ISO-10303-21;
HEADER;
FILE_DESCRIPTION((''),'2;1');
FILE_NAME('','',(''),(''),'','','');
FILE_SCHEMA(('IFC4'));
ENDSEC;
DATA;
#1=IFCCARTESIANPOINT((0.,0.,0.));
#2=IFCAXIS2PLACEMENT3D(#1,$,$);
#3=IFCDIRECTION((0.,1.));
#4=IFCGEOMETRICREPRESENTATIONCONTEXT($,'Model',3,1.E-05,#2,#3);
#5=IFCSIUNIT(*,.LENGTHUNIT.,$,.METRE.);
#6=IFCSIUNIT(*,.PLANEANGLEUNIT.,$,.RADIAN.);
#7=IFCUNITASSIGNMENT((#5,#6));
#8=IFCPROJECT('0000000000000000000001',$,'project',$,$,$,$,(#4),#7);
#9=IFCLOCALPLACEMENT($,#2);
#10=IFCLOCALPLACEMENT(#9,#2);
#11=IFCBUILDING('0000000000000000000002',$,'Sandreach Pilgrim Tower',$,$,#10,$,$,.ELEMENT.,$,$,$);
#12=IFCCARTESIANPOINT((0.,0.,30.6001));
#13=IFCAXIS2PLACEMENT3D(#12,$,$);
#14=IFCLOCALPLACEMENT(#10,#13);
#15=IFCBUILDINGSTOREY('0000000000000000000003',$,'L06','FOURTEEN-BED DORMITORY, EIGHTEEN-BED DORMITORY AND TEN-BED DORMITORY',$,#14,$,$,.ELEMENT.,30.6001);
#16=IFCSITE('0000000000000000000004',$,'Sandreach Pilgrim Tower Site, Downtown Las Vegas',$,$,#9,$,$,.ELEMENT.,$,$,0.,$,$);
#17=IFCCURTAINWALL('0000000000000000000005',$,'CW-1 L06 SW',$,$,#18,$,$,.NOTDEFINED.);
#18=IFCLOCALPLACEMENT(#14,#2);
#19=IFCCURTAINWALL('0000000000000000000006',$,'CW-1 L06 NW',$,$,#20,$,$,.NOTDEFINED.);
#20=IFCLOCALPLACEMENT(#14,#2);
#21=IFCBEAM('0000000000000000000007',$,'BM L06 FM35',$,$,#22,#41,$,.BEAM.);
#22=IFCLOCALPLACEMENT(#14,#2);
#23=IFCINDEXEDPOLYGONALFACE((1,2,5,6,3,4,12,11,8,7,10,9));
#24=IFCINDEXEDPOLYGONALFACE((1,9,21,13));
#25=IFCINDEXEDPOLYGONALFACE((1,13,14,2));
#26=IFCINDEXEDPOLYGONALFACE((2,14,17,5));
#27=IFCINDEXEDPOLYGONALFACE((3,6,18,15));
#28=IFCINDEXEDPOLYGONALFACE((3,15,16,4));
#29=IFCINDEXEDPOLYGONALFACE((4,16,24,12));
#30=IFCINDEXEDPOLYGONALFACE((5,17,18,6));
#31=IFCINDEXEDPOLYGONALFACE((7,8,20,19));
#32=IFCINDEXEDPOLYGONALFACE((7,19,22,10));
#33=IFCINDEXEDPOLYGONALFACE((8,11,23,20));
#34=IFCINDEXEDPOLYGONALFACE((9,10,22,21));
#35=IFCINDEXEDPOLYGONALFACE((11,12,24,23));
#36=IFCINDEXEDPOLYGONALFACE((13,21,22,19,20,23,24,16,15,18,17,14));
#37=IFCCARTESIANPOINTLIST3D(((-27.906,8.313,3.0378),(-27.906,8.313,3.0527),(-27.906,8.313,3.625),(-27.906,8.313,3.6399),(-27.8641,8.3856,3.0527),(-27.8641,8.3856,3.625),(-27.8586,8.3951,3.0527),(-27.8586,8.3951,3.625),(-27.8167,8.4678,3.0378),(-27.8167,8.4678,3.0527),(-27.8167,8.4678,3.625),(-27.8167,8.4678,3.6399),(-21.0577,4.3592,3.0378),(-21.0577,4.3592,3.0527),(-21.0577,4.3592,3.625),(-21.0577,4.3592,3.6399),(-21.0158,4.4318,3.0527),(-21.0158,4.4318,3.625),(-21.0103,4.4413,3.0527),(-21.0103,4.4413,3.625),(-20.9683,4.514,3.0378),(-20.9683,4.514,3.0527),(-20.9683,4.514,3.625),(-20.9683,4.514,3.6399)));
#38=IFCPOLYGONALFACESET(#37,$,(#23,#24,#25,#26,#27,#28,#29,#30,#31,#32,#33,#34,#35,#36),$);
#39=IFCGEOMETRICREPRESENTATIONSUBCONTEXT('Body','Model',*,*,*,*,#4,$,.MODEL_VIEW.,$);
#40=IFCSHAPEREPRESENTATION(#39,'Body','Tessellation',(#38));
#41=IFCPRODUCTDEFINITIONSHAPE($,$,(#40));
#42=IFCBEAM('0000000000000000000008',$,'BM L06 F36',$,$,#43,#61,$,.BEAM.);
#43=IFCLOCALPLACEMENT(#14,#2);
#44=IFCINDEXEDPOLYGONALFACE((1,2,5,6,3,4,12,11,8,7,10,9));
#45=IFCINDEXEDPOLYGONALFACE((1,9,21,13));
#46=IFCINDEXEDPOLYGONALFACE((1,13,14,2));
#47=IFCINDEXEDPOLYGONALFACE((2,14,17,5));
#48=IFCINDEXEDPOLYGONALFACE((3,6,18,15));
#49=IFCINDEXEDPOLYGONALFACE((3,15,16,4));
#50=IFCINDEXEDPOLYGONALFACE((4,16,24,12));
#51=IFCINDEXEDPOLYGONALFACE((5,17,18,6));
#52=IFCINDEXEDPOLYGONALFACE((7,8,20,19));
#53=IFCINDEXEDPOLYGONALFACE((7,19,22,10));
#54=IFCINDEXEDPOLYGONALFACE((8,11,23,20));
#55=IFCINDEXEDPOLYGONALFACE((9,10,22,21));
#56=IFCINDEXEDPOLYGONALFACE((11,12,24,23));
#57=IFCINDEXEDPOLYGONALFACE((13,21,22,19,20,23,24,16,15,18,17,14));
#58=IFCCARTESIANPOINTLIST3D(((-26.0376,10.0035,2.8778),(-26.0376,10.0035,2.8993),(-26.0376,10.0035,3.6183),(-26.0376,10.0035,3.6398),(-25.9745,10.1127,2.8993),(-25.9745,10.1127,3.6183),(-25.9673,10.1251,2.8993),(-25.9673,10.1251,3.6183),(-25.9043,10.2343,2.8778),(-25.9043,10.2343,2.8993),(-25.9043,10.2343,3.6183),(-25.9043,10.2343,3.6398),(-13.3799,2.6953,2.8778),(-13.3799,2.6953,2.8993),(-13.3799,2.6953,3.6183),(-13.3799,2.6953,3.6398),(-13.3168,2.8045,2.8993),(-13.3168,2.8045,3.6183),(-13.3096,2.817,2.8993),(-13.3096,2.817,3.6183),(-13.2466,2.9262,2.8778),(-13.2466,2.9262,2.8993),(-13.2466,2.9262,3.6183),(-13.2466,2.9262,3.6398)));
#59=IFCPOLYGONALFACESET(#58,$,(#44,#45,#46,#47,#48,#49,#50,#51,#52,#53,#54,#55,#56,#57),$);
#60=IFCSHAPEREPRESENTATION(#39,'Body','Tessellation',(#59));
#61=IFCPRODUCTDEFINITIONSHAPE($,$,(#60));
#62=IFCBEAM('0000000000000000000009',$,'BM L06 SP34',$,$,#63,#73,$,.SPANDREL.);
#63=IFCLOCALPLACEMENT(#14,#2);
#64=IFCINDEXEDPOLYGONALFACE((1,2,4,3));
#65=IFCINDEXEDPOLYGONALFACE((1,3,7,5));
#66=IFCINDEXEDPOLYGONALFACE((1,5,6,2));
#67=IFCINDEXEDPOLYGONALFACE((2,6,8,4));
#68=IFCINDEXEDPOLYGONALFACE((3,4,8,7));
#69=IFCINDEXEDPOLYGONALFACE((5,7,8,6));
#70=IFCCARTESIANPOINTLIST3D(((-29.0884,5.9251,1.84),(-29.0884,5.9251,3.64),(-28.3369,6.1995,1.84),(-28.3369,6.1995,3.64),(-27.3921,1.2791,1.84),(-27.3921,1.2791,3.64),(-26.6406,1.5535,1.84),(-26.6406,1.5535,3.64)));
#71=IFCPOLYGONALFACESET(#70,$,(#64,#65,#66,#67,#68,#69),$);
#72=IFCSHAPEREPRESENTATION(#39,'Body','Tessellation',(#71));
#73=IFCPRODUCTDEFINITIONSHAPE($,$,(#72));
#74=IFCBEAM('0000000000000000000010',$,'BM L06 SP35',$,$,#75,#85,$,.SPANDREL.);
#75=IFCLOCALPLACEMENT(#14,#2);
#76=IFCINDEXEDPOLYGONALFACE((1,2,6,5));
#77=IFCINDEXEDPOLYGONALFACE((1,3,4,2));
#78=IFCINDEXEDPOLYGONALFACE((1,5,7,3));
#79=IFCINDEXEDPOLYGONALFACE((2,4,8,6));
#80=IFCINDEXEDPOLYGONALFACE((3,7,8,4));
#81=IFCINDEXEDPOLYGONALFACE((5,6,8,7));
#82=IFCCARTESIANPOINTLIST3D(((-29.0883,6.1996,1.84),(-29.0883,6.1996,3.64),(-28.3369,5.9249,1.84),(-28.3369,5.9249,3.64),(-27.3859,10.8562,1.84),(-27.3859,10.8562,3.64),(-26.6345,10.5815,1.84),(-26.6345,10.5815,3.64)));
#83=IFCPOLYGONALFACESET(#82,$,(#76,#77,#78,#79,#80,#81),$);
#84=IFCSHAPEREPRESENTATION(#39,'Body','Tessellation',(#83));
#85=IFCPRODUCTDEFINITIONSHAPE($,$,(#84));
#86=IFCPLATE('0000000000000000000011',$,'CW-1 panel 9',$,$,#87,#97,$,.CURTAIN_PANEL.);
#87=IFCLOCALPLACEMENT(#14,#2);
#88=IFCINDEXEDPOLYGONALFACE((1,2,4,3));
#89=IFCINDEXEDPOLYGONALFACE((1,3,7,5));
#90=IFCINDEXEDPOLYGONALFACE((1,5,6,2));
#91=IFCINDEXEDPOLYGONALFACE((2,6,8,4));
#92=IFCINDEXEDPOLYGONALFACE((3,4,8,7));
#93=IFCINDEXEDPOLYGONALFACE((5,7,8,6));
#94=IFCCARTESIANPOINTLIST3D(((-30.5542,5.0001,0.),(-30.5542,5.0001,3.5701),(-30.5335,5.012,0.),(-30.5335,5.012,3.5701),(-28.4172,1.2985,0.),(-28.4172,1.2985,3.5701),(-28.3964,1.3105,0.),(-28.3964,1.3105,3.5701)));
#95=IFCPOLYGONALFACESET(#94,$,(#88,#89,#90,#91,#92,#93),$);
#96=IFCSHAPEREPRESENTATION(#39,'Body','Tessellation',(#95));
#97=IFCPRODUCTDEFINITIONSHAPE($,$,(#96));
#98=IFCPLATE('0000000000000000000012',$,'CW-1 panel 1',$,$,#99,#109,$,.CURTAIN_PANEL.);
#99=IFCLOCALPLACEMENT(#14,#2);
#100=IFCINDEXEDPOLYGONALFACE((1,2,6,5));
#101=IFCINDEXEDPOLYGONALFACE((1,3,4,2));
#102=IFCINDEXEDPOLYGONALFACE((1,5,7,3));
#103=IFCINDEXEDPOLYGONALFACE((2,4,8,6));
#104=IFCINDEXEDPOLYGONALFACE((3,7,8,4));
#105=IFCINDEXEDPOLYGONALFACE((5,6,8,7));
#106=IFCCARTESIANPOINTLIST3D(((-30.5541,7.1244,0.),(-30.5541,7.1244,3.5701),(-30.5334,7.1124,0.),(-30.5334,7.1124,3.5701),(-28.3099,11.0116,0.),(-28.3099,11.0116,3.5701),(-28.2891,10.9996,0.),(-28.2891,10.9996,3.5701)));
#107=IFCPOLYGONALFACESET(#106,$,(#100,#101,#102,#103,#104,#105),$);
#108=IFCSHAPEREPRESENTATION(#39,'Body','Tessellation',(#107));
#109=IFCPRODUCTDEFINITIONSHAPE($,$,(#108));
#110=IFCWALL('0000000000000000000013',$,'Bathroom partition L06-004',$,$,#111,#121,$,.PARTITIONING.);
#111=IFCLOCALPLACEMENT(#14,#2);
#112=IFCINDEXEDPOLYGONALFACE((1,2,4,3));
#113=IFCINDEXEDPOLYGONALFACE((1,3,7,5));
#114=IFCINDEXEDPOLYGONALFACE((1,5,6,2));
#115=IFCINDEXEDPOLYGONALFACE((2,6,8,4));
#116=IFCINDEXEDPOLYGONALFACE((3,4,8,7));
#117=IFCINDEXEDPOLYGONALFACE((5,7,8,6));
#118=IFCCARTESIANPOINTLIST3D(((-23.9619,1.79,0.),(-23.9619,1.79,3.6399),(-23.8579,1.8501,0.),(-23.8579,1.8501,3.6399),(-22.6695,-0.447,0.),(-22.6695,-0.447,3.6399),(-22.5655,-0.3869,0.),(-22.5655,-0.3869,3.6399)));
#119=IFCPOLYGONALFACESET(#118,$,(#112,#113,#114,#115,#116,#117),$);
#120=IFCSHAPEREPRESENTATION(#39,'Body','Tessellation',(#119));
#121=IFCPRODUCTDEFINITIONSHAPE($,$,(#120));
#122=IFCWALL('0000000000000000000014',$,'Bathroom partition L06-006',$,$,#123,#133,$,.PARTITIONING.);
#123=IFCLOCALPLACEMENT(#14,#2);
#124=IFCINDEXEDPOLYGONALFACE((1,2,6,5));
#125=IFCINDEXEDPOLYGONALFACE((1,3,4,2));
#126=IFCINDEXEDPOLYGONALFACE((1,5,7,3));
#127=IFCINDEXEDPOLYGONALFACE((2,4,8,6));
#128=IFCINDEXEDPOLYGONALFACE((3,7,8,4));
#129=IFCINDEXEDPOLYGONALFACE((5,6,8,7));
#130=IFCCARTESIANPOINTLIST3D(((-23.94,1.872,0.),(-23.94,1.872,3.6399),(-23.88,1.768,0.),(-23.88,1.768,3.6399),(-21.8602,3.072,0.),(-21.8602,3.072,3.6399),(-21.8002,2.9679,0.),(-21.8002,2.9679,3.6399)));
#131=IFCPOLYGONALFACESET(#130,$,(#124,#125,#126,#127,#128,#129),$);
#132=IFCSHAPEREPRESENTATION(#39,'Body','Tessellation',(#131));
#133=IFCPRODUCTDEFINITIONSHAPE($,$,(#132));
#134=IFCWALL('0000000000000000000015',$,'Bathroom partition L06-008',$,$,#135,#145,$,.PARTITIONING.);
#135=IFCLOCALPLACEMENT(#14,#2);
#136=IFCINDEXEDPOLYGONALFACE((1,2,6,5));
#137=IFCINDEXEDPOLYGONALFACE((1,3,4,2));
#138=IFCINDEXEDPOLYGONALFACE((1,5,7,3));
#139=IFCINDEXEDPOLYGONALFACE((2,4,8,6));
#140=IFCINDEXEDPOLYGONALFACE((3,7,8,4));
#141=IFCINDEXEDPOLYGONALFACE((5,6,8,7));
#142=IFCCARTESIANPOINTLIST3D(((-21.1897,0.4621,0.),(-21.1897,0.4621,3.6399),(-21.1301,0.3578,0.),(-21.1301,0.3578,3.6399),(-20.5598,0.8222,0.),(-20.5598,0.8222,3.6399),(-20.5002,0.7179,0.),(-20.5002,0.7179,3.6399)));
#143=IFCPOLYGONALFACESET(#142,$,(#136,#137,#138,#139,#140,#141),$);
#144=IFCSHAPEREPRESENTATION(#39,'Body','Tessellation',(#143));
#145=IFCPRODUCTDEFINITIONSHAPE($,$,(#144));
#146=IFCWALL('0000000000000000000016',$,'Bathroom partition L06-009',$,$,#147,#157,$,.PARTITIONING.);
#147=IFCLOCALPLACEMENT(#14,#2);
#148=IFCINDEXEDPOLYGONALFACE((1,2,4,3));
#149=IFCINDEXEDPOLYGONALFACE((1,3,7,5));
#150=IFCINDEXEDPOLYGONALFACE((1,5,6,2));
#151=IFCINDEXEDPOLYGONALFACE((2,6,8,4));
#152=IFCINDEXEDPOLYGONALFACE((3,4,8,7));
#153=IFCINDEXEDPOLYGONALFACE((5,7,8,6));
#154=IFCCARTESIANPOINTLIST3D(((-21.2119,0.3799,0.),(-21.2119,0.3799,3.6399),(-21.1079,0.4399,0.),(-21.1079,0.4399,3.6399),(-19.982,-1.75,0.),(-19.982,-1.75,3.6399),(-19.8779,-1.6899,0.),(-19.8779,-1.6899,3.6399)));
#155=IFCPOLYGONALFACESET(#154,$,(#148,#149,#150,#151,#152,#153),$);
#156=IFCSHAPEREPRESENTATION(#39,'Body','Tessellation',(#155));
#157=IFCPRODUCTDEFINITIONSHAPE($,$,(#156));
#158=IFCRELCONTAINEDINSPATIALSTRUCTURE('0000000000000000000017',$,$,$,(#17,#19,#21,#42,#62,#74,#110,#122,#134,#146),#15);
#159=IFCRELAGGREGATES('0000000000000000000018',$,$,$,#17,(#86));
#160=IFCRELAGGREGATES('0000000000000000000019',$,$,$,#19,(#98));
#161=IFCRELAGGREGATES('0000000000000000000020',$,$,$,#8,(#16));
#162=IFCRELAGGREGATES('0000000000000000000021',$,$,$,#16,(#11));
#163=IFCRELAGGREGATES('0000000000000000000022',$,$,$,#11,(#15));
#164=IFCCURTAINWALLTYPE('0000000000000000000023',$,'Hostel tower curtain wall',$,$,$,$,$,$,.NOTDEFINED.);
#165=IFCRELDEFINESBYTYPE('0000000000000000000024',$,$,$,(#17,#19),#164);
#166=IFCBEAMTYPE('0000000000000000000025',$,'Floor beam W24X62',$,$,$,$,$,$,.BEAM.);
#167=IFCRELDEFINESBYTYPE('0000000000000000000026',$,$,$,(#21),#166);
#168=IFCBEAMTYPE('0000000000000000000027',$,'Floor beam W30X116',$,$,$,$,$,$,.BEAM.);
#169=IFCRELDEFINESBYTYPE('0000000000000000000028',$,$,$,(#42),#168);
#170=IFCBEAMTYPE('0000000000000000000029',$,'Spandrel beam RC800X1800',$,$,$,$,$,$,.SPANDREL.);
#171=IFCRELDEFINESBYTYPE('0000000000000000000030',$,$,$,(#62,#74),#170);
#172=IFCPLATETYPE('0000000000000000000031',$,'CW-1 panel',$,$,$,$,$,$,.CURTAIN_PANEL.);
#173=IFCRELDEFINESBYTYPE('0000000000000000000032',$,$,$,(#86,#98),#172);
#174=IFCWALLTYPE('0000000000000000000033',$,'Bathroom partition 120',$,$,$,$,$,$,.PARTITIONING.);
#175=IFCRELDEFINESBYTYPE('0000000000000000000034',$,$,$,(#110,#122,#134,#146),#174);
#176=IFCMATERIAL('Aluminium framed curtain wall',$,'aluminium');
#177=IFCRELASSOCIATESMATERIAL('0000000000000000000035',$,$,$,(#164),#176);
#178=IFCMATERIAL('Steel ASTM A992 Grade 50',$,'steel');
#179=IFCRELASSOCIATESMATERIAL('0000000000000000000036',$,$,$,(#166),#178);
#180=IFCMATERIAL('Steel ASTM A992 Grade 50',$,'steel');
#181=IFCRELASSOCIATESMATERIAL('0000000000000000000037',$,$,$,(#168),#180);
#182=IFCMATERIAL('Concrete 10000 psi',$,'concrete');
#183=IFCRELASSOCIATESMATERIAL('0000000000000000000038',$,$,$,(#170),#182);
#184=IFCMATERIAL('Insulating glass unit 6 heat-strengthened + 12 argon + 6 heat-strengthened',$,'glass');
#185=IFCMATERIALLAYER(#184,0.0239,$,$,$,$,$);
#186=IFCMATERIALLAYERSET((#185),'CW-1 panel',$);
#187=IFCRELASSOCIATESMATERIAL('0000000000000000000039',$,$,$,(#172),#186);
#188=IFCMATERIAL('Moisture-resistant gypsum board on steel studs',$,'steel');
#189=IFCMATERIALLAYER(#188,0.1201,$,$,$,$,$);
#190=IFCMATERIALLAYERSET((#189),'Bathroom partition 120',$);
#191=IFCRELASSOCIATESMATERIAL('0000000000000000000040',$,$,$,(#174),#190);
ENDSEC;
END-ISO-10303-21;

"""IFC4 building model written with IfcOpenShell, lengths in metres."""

from ifc_helpers import new_model, si_unit, direction, frame, frame_2d, origin, origin_2d, place, context, subcontext, project, spatial, rectangle, i_section, extrude, material, layer, layer_set, material_profile, profile_set, type_object, element, aggregate, save


model = new_model("IFC4")

# Units and contexts
model_context = context("Model", 3, precision=1e-05, world=origin(), true_north=direction((0.0, 1.0)))
body_context = subcontext(model_context, "Body", "Model", "MODEL_VIEW")
ifc_project = project(units=[si_unit("LENGTHUNIT", "METRE"), si_unit("PLANEANGLEUNIT", "RADIAN")], contexts=[model_context])

# Site, building, storey
site_placement = place(None, origin())
site = spatial("IfcSite", under=ifc_project, at=site_placement, Name="Sandreach Pilgrim Tower Site, Downtown Las Vegas", CompositionType="ELEMENT", RefElevation=0.0)
building_placement = place(site_placement, origin())
building = spatial("IfcBuilding", under=site, at=building_placement, Name="Sandreach Pilgrim Tower", CompositionType="ELEMENT")
storey_placement = place(building_placement, frame((0.0, 0.0, 30.6001)))
storey = spatial("IfcBuildingStorey", under=building, at=storey_placement, Name="L06", Description="FOURTEEN-BED DORMITORY, EIGHTEEN-BED DORMITORY AND TEN-BED DORMITORY", CompositionType="ELEMENT", Elevation=30.6001)

# Curtain wall
ifc_material_1 = material(Name="Aluminium framed curtain wall", Category="aluminium")
curtain_wall_type = type_object("IfcCurtainWallType", Name="Hostel tower curtain wall", PredefinedType="NOTDEFINED", material=ifc_material_1)
curtain_wall_1_placement = place(storey_placement, origin())
curtain_wall_1 = element("IfcCurtainWall", 1, at=curtain_wall_1_placement, inside=storey, type_object=curtain_wall_type, Name="CW-1 L06 SW", PredefinedType="NOTDEFINED")

# Curtain wall
curtain_wall_2_placement = place(storey_placement, origin())
curtain_wall_2 = element("IfcCurtainWall", 2, at=curtain_wall_2_placement, inside=storey, type_object=curtain_wall_type, Name="CW-1 L06 NW", PredefinedType="NOTDEFINED")

# Beams
ifc_material_2 = material(Name="Steel ASTM A992 Grade 50", Category="steel")
ifc_material_profile_1 = material_profile(ifc_material_2, i_section(OverallWidth=0.1787, OverallDepth=0.6021, WebThickness=0.011, FlangeThickness=0.0149, at=origin_2d()), Name="W24X62")
ifc_profile_set_1 = profile_set([ifc_material_profile_1], Name="Steel ASTM A992 Grade 50")
beam_type_1 = type_object("IfcBeamType", Name="Floor beam W24X62", PredefinedType="BEAM", material=ifc_profile_set_1)
beam_1_placement = place(storey_placement, frame((-27.8613, 8.3904, 3.3389), z_axis=(0.866029, -0.499994, 0.0), x_axis=(0.499994, 0.866029, 0.0)))
element("IfcBeam", 3, at=beam_1_placement, inside=storey, type_object=beam_type_1, Name="BM L06 FM35", PredefinedType="BEAM", context=body_context, shape_type="SweptSolid", body=[
    extrude(i_section(OverallWidth=0.1787, OverallDepth=0.6021, WebThickness=0.011, FlangeThickness=0.0149, at=origin_2d()), origin(), (0.0, 0.0, 1.0), 7.9077),
])
ifc_material_3 = material(Name="Steel ASTM A992 Grade 50", Category="steel")
ifc_material_profile_2 = material_profile(ifc_material_3, i_section(OverallWidth=0.2666, OverallDepth=0.762, WebThickness=0.0144, FlangeThickness=0.0215, at=origin_2d()), Name="W30X116")
ifc_profile_set_2 = profile_set([ifc_material_profile_2], Name="Steel ASTM A992 Grade 50")
beam_type_2 = type_object("IfcBeamType", Name="Floor beam W30X116", PredefinedType="BEAM", material=ifc_profile_set_2)
beam_2_placement = place(storey_placement, frame((-25.9709, 10.1189, 3.2588), z_axis=(0.86602, -0.500009, 0.0), x_axis=(0.500009, 0.86602, 0.0)))
element("IfcBeam", 4, at=beam_2_placement, inside=storey, type_object=beam_type_2, Name="BM L06 F36", PredefinedType="BEAM", context=body_context, shape_type="SweptSolid", body=[
    extrude(i_section(OverallWidth=0.2666, OverallDepth=0.762, WebThickness=0.0144, FlangeThickness=0.0215, at=origin_2d()), origin(), (0.0, 0.0, 1.0), 14.616),
])
ifc_material_4 = material(Name="Concrete 10000 psi", Category="concrete")
ifc_material_profile_3 = material_profile(ifc_material_4, rectangle(XDim=0.8, YDim=1.8, at=origin_2d()), Name="RC800X1800")
ifc_profile_set_3 = profile_set([ifc_material_profile_3], Name="Concrete 10000 psi")
beam_type_3 = type_object("IfcBeamType", Name="Spandrel beam RC800X1800", PredefinedType="SPANDREL", material=ifc_profile_set_3)
beam_3_placement = place(storey_placement, frame((-27.0164, 1.4163, 2.74), z_axis=(-0.342963, 0.939349, 0.0), x_axis=(-0.939349, -0.342963, 0.0)))
element("IfcBeam", 5, at=beam_3_placement, inside=storey, type_object=beam_type_3, Name="BM L06 SP34", PredefinedType="SPANDREL", context=body_context, shape_type="SweptSolid", body=[
    extrude(rectangle(XDim=0.8, YDim=1.8, at=origin_2d()), origin(), (0.0, 0.0, 1.0), 4.946),
])
beam_4_placement = place(storey_placement, frame((-28.7126, 6.0623, 2.74), z_axis=(0.343368, 0.939201, 0.0), x_axis=(-0.939201, 0.343368, 0.0)))
element("IfcBeam", 6, at=beam_4_placement, inside=storey, type_object=beam_type_3, Name="BM L06 SP35", PredefinedType="SPANDREL", context=body_context, shape_type="SweptSolid", body=[
    extrude(rectangle(XDim=0.8, YDim=1.8, at=origin_2d()), origin(), (0.0, 0.0, 1.0), 4.958),
])

# Plates
ifc_material_5 = material(Name="Insulating glass unit 6 heat-strengthened + 12 argon + 6 heat-strengthened", Category="glass")
ifc_layer_1 = layer(ifc_material_5, 0.0239)
ifc_layer_set_1 = layer_set([ifc_layer_1], Name="CW-1 panel")
plate_type = type_object("IfcPlateType", Name="CW-1 panel", PredefinedType="CURTAIN_PANEL", material=ifc_layer_set_1)
plate_1_placement = place(storey_placement, frame((-29.4753, 3.1553, 0.0), z_axis=(0.0, 0.0, 1.0), x_axis=(-0.5, 0.866025, 0.0)))
plate_1 = element("IfcPlate", 7, at=plate_1_placement, type_object=plate_type, Name="CW-1 panel 9", PredefinedType="CURTAIN_PANEL", context=body_context, shape_type="SweptSolid", body=[
    extrude(rectangle(XDim=4.2742, YDim=0.0239, at=origin_2d()), origin(), (0.0, 0.0, 1.0), 3.5701),
])
aggregate(curtain_wall_1, [plate_1])
plate_2_placement = place(storey_placement, frame((-29.4216, 9.062, 0.0), z_axis=(0.0, 0.0, 1.0), x_axis=(0.5, 0.866025, 0.0)))
plate_2 = element("IfcPlate", 8, at=plate_2_placement, type_object=plate_type, Name="CW-1 panel 1", PredefinedType="CURTAIN_PANEL", context=body_context, shape_type="SweptSolid", body=[
    extrude(rectangle(XDim=4.4885, YDim=0.0239, at=origin_2d()), origin(), (0.0, 0.0, 1.0), 3.5701),
])
aggregate(curtain_wall_2, [plate_2])

# Walls
ifc_material_6 = material(Name="Moisture-resistant gypsum board on steel studs", Category="steel")
ifc_layer_2 = layer(ifc_material_6, 0.1201)
ifc_layer_set_2 = layer_set([ifc_layer_2], Name="Bathroom partition 120")
wall_type_1 = type_object("IfcWallType", Name="Bathroom partition 120", PredefinedType="PARTITIONING", material=ifc_layer_set_2)
wall_1_placement = place(storey_placement, frame((-23.9099, 1.8201, 0.0), z_axis=(0.0, 0.0, 1.0), x_axis=(0.500265, -0.865872, 0.0)))
element("IfcWall", 9, at=wall_1_placement, inside=storey, type_object=wall_type_1, Name="Bathroom partition L06-004", PredefinedType="PARTITIONING", context=body_context, shape_type="SweptSolid", body=[
    extrude(rectangle(XDim=2.5835, YDim=0.1201, at=frame_2d((1.2917, 0.0))), origin(), (0.0, 0.0, 1.0), 3.6399),
])
wall_2_placement = place(storey_placement, frame((-21.8301, 3.02, 0.0), z_axis=(0.0, 0.0, 1.0), x_axis=(-0.866177, -0.499737, 0.0)))
element("IfcWall", 10, at=wall_2_placement, inside=storey, type_object=wall_type_1, Name="Bathroom partition L06-006", PredefinedType="PARTITIONING", context=body_context, shape_type="SweptSolid", body=[
    extrude(rectangle(XDim=2.4011, YDim=0.1201, at=frame_2d((1.2007, 0.0))), origin(), (0.0, 0.0, 1.0), 3.6399),
])
wall_3_placement = place(storey_placement, frame((-21.1599, 0.4099, 0.0), z_axis=(0.0, 0.0, 1.0), x_axis=(0.86814, 0.49632, 0.0)))
element("IfcWall", 11, at=wall_3_placement, inside=storey, type_object=wall_type_1, Name="Bathroom partition L06-008", PredefinedType="PARTITIONING", context=body_context, shape_type="SweptSolid", body=[
    extrude(rectangle(XDim=0.7256, YDim=0.1201, at=frame_2d((0.3628, 0.0))), origin(), (0.0, 0.0, 1.0), 3.6399),
])
wall_4_placement = place(storey_placement, frame((-21.1599, 0.4099, 0.0), z_axis=(0.0, 0.0, 1.0), x_axis=(0.500089, -0.865974, 0.0)))
element("IfcWall", 12, at=wall_4_placement, inside=storey, type_object=wall_type_1, Name="Bathroom partition L06-009", PredefinedType="PARTITIONING", context=body_context, shape_type="SweptSolid", body=[
    extrude(rectangle(XDim=2.4595, YDim=0.1201, at=frame_2d((1.2297, 0.0))), origin(), (0.0, 0.0, 1.0), 3.6399),
])

save(model, "model.ifc")
